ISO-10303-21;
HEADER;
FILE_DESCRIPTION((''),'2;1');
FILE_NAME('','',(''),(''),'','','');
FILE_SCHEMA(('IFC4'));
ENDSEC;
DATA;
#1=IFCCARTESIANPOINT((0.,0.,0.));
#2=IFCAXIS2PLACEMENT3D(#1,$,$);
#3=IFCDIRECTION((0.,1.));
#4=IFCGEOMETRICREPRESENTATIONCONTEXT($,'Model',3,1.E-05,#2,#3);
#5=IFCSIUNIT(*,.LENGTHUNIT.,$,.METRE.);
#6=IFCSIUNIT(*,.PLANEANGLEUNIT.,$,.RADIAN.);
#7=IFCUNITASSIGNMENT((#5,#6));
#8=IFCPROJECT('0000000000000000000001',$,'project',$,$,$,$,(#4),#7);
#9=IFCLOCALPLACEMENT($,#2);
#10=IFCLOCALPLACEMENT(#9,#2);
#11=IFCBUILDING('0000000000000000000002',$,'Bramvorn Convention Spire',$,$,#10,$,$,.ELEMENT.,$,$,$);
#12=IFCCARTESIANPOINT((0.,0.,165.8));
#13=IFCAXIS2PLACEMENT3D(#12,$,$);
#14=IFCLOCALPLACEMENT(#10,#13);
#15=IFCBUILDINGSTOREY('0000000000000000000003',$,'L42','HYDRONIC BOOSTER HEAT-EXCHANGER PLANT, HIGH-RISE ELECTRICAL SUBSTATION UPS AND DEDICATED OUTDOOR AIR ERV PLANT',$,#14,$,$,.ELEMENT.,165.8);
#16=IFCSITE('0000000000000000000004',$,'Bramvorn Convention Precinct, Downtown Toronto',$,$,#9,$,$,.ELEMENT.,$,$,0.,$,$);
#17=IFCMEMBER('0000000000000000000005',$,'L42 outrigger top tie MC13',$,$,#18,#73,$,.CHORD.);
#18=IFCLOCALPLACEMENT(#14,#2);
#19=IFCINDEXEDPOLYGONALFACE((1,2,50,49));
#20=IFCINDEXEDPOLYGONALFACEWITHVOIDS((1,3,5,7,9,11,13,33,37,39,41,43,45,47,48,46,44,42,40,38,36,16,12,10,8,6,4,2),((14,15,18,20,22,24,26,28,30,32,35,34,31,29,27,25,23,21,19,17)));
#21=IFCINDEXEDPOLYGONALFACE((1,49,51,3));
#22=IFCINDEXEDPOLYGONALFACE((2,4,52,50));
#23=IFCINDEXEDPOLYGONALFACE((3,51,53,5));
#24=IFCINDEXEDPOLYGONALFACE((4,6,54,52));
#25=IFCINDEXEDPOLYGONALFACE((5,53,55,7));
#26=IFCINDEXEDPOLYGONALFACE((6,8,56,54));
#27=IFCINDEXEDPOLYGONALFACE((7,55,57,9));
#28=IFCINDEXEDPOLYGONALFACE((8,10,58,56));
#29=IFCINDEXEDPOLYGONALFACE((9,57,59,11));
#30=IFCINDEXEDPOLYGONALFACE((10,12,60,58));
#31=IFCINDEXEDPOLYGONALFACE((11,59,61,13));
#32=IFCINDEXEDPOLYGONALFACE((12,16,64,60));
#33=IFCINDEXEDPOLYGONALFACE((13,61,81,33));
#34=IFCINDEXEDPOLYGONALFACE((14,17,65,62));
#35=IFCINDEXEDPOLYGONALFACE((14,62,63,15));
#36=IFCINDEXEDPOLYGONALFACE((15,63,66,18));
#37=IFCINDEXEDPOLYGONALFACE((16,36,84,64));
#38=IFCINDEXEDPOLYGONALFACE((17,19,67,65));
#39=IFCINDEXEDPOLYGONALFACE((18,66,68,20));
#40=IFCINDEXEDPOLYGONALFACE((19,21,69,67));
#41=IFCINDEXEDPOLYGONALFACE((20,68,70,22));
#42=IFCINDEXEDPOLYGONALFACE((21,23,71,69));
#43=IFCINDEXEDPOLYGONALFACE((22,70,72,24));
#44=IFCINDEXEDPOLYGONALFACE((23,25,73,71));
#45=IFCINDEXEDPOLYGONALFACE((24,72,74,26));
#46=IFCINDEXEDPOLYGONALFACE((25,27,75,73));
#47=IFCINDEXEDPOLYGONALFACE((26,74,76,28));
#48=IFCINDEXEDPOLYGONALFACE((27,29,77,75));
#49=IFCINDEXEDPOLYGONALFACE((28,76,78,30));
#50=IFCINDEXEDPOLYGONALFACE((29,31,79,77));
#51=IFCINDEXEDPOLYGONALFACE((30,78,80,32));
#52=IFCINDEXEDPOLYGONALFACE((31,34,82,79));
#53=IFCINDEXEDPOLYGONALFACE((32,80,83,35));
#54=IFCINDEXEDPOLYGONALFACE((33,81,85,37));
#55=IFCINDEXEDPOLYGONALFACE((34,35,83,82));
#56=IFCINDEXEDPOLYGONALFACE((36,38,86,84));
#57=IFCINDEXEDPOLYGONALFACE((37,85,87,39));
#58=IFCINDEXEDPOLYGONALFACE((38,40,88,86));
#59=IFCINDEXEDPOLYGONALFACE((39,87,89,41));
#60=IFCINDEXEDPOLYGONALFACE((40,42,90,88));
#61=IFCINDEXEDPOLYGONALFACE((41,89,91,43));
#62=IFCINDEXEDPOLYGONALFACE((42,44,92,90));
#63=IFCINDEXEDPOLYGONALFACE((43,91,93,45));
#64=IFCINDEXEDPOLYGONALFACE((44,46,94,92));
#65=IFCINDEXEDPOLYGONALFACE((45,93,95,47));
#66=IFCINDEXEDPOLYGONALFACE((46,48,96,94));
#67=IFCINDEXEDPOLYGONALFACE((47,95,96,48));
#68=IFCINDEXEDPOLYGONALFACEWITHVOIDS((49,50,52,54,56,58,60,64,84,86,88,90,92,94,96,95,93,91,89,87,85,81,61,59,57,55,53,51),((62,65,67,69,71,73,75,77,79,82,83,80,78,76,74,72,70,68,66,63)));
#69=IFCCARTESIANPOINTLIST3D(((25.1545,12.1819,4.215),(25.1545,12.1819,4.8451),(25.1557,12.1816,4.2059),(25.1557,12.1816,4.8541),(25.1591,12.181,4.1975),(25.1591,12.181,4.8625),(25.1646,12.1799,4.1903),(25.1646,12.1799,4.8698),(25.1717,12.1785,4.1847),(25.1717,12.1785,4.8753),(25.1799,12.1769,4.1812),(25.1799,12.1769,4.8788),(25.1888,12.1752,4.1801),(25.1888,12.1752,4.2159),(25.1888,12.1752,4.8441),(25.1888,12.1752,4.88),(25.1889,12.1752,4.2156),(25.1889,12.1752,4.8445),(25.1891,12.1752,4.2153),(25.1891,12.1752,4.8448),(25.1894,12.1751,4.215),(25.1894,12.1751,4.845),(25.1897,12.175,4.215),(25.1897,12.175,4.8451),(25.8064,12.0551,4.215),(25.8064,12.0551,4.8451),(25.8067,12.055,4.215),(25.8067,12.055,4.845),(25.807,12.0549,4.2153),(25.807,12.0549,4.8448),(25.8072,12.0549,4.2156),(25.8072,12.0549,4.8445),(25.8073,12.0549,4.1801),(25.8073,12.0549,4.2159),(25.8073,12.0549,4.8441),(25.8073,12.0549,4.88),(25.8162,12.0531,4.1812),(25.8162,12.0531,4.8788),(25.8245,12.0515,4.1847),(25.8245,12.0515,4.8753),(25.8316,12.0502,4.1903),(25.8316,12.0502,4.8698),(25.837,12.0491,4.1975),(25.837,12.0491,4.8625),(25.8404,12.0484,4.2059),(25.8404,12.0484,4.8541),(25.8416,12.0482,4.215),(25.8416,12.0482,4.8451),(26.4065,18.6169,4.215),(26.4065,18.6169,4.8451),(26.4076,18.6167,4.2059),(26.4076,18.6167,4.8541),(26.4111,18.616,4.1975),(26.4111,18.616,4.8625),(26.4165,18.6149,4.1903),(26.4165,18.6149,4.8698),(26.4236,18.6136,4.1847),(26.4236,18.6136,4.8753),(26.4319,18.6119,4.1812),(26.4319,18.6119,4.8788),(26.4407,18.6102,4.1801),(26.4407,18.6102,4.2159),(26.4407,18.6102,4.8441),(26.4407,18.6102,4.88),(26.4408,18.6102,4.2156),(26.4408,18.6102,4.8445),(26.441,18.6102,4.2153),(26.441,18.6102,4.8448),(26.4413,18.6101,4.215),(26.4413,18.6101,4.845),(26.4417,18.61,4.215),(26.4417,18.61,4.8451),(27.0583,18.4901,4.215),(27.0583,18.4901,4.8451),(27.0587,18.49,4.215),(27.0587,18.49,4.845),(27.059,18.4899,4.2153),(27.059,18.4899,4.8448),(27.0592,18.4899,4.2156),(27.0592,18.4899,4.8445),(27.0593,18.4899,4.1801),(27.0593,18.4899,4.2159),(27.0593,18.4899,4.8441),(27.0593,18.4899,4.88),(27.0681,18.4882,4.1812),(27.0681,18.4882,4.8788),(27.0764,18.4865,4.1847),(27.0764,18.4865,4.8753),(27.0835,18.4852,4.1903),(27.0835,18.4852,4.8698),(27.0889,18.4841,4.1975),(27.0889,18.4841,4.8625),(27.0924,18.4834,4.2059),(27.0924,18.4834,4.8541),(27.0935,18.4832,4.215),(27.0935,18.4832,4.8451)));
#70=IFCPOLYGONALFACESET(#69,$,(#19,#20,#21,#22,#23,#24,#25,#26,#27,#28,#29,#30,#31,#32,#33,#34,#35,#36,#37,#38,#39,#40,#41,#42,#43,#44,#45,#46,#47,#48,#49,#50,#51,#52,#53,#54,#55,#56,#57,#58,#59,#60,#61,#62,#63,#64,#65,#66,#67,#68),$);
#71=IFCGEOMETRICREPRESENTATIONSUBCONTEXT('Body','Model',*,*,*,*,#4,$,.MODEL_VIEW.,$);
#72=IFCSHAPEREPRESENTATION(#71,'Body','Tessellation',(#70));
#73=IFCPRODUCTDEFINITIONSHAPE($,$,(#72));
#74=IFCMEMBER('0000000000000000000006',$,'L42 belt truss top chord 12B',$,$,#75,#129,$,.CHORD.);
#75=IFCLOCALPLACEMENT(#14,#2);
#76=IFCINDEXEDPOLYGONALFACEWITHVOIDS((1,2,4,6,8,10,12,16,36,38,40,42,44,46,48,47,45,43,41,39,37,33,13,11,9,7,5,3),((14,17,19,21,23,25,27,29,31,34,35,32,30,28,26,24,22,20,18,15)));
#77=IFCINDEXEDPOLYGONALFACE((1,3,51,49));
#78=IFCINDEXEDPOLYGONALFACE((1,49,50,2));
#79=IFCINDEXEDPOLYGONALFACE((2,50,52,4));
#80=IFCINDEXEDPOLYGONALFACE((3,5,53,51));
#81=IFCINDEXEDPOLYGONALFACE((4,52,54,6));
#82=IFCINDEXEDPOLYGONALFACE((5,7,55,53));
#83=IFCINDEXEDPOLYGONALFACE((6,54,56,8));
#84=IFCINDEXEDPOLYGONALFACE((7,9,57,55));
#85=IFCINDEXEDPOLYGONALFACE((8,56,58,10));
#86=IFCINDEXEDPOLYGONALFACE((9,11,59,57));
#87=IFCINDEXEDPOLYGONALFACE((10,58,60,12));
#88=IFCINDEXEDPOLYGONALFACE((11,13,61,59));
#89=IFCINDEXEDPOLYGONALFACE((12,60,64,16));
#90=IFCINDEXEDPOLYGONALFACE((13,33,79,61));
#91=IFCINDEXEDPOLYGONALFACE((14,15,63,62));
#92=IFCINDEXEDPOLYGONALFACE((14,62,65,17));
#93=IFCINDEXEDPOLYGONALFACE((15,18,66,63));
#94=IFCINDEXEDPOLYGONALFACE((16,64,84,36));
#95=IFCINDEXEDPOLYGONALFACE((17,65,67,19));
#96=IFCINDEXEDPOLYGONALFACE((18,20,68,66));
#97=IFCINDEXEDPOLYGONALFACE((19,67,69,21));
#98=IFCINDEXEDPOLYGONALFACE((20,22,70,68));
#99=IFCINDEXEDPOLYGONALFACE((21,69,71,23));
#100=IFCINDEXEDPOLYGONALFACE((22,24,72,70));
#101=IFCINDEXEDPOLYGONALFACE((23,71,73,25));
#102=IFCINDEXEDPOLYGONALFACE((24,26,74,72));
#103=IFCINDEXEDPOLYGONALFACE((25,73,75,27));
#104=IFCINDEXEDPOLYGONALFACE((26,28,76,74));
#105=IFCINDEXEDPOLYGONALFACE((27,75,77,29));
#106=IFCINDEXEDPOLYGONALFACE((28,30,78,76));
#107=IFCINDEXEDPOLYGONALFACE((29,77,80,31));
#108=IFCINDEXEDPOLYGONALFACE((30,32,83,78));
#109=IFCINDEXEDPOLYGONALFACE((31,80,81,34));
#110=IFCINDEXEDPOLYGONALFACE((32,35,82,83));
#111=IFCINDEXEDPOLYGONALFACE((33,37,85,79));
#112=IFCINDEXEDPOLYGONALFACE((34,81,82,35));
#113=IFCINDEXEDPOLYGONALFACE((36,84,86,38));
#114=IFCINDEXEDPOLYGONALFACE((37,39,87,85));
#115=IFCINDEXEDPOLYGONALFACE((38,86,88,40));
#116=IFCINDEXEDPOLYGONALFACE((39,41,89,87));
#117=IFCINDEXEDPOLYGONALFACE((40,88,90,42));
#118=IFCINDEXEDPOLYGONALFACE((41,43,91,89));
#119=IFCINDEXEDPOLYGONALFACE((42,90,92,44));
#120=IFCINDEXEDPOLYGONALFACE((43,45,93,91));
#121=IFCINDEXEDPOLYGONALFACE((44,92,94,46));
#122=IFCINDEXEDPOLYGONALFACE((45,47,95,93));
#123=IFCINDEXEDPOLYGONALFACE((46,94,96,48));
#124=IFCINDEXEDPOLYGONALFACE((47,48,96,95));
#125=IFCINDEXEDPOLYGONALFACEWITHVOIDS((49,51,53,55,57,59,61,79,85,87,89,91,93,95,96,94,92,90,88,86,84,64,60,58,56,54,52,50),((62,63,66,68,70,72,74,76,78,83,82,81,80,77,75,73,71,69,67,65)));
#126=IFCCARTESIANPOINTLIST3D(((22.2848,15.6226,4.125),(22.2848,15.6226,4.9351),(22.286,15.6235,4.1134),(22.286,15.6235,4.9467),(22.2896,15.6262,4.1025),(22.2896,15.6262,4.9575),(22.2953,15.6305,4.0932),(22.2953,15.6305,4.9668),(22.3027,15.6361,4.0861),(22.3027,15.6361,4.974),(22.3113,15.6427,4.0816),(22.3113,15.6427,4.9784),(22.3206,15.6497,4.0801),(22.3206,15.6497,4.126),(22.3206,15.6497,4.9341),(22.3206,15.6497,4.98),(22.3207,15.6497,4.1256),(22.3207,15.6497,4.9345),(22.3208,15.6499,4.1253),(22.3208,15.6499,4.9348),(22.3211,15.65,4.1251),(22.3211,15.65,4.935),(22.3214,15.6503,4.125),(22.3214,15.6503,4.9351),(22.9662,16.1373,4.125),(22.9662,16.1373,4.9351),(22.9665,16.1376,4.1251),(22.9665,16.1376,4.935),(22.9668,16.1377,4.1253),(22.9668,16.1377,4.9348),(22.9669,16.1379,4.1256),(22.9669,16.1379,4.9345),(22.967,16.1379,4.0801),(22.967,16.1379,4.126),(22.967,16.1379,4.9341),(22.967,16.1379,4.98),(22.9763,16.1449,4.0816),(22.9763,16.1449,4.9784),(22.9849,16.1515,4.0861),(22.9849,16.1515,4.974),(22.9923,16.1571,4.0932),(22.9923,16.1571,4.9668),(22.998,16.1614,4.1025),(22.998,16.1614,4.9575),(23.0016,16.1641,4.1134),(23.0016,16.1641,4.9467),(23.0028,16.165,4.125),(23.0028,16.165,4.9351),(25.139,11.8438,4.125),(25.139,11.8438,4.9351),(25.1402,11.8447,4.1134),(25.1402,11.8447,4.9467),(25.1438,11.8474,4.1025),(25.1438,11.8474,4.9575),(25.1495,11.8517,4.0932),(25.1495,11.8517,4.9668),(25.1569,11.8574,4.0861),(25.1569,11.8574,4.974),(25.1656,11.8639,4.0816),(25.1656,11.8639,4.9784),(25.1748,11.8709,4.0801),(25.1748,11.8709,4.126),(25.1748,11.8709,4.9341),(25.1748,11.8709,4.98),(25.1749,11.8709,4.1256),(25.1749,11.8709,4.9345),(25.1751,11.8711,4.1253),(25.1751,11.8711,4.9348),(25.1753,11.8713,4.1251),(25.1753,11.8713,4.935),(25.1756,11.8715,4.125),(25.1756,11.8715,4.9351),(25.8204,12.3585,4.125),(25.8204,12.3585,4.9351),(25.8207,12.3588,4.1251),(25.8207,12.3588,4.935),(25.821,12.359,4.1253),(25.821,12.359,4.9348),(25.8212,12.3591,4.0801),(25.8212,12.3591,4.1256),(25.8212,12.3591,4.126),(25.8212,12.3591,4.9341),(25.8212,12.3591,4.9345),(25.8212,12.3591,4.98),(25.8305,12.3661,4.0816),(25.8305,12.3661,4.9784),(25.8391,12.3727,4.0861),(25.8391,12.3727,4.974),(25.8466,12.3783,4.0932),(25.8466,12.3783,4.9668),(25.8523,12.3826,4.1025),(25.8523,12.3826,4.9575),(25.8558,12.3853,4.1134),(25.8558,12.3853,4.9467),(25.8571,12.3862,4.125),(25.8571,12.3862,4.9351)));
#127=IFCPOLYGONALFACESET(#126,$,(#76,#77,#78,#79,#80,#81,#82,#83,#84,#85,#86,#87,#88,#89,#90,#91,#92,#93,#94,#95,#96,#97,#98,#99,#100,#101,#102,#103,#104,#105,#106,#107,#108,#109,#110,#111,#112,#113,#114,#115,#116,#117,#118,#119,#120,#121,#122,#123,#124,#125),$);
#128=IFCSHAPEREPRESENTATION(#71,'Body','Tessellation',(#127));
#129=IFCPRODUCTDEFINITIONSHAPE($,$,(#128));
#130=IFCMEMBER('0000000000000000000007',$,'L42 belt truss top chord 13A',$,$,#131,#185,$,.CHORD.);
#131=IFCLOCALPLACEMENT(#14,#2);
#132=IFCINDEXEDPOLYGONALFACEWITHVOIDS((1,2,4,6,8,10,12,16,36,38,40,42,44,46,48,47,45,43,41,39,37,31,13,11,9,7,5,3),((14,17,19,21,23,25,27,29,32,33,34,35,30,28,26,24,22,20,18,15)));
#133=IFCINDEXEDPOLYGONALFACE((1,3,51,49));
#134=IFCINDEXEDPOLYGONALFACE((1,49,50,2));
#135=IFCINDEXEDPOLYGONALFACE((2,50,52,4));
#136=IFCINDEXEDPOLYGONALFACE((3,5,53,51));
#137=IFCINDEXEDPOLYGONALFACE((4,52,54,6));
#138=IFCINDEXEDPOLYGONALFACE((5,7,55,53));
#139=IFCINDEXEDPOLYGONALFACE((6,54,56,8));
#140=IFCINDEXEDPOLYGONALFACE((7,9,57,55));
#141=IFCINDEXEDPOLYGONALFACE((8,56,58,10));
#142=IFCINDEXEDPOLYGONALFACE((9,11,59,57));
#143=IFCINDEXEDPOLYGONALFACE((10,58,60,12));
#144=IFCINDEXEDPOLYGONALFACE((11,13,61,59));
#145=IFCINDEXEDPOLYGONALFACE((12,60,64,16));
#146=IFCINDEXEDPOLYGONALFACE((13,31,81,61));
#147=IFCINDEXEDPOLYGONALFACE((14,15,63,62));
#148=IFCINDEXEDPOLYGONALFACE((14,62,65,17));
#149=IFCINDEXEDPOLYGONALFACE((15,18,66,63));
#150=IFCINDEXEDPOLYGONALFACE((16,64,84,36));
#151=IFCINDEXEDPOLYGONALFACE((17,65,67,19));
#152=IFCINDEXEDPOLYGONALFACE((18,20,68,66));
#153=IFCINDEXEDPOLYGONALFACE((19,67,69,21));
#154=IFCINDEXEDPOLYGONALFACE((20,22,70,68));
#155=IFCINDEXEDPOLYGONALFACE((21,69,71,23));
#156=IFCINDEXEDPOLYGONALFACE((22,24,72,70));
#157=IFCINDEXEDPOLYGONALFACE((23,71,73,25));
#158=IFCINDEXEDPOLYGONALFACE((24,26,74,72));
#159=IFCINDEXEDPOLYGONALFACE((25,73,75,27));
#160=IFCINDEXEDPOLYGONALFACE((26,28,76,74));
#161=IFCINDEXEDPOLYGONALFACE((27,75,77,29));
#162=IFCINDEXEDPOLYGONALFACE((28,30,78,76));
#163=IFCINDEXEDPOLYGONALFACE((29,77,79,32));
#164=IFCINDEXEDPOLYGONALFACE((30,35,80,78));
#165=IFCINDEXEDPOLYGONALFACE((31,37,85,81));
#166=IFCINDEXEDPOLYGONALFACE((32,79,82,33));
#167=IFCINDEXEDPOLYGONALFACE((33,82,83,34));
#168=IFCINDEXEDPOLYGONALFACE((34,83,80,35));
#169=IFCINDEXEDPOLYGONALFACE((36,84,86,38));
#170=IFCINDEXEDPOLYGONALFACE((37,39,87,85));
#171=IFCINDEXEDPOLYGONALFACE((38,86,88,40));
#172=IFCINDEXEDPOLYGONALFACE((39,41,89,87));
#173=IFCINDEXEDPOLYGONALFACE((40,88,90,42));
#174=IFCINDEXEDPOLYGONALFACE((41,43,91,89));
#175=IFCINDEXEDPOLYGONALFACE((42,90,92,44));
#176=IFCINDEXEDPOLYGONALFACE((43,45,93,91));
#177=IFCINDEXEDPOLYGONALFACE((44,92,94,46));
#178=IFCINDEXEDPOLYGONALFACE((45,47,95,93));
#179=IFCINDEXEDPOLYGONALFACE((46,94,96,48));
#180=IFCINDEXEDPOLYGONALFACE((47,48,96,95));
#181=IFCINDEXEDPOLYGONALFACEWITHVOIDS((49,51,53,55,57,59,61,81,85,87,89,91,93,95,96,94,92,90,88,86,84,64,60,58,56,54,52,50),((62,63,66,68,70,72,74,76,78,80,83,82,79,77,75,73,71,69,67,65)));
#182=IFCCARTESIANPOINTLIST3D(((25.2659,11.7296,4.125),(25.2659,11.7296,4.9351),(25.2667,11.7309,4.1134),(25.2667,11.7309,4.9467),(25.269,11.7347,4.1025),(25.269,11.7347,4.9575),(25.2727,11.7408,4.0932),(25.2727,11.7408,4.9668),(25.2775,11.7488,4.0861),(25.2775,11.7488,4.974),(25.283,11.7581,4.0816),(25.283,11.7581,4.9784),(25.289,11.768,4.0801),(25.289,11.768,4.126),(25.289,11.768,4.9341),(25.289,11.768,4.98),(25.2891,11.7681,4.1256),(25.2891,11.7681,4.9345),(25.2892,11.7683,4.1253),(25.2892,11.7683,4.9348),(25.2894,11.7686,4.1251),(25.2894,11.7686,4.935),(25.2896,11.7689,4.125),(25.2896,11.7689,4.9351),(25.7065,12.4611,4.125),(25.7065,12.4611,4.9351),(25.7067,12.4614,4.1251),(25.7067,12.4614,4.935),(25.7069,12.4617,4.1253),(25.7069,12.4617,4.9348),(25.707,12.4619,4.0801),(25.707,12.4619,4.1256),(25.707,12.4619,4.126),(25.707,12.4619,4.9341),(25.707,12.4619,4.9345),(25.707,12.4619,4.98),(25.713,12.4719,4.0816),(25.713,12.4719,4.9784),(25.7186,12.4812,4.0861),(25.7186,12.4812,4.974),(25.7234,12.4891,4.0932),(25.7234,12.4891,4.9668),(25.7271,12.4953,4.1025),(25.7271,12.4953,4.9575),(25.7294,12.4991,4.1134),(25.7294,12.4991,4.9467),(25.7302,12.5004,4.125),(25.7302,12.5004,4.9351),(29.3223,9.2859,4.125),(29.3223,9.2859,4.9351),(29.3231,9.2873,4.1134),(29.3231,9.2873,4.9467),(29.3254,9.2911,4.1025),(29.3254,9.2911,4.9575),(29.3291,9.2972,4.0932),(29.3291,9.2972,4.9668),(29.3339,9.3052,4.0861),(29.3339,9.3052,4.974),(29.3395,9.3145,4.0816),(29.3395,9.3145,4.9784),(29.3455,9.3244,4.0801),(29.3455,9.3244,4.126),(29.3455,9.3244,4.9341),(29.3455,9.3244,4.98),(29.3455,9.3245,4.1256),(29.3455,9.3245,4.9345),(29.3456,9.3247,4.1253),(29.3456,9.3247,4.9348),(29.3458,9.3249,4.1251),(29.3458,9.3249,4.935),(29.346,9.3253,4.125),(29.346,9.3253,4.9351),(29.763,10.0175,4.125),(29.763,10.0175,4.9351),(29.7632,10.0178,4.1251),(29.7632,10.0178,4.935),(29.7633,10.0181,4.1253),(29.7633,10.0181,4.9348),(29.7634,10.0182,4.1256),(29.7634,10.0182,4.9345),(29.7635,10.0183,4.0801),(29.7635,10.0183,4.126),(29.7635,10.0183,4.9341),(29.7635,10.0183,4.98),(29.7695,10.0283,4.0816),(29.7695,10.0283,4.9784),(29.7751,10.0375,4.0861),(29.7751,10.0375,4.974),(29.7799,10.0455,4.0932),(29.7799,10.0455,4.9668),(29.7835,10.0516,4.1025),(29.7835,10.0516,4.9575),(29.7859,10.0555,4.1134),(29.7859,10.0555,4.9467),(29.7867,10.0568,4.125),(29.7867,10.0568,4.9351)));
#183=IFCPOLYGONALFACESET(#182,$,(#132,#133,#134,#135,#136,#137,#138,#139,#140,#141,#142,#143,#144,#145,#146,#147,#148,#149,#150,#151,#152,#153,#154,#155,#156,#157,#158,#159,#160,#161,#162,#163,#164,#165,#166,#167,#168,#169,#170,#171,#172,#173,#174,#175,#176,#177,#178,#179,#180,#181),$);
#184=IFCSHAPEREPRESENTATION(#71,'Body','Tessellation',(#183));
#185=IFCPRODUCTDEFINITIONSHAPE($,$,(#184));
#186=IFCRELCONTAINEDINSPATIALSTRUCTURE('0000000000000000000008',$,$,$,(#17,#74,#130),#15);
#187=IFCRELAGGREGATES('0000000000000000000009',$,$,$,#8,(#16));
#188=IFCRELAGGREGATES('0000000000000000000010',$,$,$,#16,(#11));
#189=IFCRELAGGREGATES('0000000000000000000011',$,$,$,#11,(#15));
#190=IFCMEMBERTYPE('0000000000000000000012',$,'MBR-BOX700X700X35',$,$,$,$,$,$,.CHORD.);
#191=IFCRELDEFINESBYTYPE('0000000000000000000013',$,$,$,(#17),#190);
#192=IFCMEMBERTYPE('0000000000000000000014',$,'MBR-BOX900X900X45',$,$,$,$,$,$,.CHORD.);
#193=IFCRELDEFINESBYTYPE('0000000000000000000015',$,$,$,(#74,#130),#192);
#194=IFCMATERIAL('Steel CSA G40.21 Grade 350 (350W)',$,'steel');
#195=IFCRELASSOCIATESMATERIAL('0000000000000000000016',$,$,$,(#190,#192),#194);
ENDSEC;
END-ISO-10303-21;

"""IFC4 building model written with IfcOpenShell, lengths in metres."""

from ifc_helpers import new_model, si_unit, direction, frame, origin, origin_2d, place, context, subcontext, project, spatial, hollow_rectangle, extrude, material, material_profile, profile_set, type_object, element, save


model = new_model("IFC4")

# Units and contexts
model_context = context("Model", 3, precision=1e-05, world=origin(), true_north=direction((0.0, 1.0)))
body_context = subcontext(model_context, "Body", "Model", "MODEL_VIEW")
ifc_project = project(units=[si_unit("LENGTHUNIT", "METRE"), si_unit("PLANEANGLEUNIT", "RADIAN")], contexts=[model_context])

# Site, building, storey
site_placement = place(None, origin())
site = spatial("IfcSite", under=ifc_project, at=site_placement, Name="Bramvorn Convention Precinct, Downtown Toronto", CompositionType="ELEMENT", RefElevation=0.0)
building_placement = place(site_placement, origin())
building = spatial("IfcBuilding", under=site, at=building_placement, Name="Bramvorn Convention Spire", CompositionType="ELEMENT")
storey_placement = place(building_placement, frame((0.0, 0.0, 165.8)))
storey = spatial("IfcBuildingStorey", under=building, at=storey_placement, Name="L42", Description="HYDRONIC BOOSTER HEAT-EXCHANGER PLANT, HIGH-RISE ELECTRICAL SUBSTATION UPS AND DEDICATED OUTDOOR AIR ERV PLANT", CompositionType="ELEMENT", Elevation=165.8)

# Shared definitions
ifc_material_1 = material(Name="Steel CSA G40.21 Grade 350 (350W)", Category="steel")

# Members
ifc_material_profile_1 = material_profile(ifc_material_1, hollow_rectangle(XDim=0.7, YDim=0.7, WallThickness=0.0349, InnerFilletRadius=0.001, OuterFilletRadius=0.0349, at=origin_2d()))
ifc_profile_set_1 = profile_set([ifc_material_profile_1], Name="Steel CSA G40.21 Grade 350 (350W) - BOX700X700X35")
member_type_1 = type_object("IfcMemberType", Name="MBR-BOX700X700X35", PredefinedType="CHORD", material=ifc_profile_set_1)
member_1_placement = place(storey_placement, frame((26.75, 18.55, 4.53), z_axis=(-0.190971, -0.981596, 0.0), x_axis=(0.981596, -0.190971, 0.0)))
element("IfcMember", 1, at=member_1_placement, inside=storey, type_object=member_type_1, Name="L42 outrigger top tie MC13", PredefinedType="CHORD", context=body_context, shape_type="SweptSolid", body=[
    extrude(hollow_rectangle(XDim=0.7, YDim=0.7, WallThickness=0.0349, InnerFilletRadius=0.001, OuterFilletRadius=0.0349, at=origin_2d()), origin(), (0.0, 0.0, 1.0), 6.5557),
])
ifc_material_profile_2 = material_profile(ifc_material_1, hollow_rectangle(XDim=0.8999, YDim=0.8999, WallThickness=0.0449, InnerFilletRadius=0.001, OuterFilletRadius=0.0449, at=origin_2d()))
ifc_profile_set_2 = profile_set([ifc_material_profile_2], Name="Steel CSA G40.21 Grade 350 (350W) - BOX900X900X45")
member_type_2 = type_object("IfcMemberType", Name="MBR-BOX900X900X45", PredefinedType="CHORD", material=ifc_profile_set_2)
for number, where, z_axis, x_axis, name in (
    (2, (22.6438, 15.8938, 4.53), (0.602719, -0.797954, 0.0), (0.797954, 0.602719, 0.0), "L42 belt truss top chord 12B"),
    (3, (25.498, 12.115, 4.53), (0.856582, -0.516011, 0.0), (0.516011, 0.856582, 0.0), "L42 belt truss top chord 13A"),
):
    element("IfcMember", number, at=place(storey_placement, frame(where, z_axis=z_axis, x_axis=x_axis)), inside=storey, type_object=member_type_2, Name=name, PredefinedType="CHORD", context=body_context, shape_type="SweptSolid", body=[
        extrude(hollow_rectangle(XDim=0.8999, YDim=0.8999, WallThickness=0.0449, InnerFilletRadius=0.001, OuterFilletRadius=0.0449, at=origin_2d()), origin(), (0.0, 0.0, 1.0), 4.7356),
    ])

save(model, "model.ifc")
